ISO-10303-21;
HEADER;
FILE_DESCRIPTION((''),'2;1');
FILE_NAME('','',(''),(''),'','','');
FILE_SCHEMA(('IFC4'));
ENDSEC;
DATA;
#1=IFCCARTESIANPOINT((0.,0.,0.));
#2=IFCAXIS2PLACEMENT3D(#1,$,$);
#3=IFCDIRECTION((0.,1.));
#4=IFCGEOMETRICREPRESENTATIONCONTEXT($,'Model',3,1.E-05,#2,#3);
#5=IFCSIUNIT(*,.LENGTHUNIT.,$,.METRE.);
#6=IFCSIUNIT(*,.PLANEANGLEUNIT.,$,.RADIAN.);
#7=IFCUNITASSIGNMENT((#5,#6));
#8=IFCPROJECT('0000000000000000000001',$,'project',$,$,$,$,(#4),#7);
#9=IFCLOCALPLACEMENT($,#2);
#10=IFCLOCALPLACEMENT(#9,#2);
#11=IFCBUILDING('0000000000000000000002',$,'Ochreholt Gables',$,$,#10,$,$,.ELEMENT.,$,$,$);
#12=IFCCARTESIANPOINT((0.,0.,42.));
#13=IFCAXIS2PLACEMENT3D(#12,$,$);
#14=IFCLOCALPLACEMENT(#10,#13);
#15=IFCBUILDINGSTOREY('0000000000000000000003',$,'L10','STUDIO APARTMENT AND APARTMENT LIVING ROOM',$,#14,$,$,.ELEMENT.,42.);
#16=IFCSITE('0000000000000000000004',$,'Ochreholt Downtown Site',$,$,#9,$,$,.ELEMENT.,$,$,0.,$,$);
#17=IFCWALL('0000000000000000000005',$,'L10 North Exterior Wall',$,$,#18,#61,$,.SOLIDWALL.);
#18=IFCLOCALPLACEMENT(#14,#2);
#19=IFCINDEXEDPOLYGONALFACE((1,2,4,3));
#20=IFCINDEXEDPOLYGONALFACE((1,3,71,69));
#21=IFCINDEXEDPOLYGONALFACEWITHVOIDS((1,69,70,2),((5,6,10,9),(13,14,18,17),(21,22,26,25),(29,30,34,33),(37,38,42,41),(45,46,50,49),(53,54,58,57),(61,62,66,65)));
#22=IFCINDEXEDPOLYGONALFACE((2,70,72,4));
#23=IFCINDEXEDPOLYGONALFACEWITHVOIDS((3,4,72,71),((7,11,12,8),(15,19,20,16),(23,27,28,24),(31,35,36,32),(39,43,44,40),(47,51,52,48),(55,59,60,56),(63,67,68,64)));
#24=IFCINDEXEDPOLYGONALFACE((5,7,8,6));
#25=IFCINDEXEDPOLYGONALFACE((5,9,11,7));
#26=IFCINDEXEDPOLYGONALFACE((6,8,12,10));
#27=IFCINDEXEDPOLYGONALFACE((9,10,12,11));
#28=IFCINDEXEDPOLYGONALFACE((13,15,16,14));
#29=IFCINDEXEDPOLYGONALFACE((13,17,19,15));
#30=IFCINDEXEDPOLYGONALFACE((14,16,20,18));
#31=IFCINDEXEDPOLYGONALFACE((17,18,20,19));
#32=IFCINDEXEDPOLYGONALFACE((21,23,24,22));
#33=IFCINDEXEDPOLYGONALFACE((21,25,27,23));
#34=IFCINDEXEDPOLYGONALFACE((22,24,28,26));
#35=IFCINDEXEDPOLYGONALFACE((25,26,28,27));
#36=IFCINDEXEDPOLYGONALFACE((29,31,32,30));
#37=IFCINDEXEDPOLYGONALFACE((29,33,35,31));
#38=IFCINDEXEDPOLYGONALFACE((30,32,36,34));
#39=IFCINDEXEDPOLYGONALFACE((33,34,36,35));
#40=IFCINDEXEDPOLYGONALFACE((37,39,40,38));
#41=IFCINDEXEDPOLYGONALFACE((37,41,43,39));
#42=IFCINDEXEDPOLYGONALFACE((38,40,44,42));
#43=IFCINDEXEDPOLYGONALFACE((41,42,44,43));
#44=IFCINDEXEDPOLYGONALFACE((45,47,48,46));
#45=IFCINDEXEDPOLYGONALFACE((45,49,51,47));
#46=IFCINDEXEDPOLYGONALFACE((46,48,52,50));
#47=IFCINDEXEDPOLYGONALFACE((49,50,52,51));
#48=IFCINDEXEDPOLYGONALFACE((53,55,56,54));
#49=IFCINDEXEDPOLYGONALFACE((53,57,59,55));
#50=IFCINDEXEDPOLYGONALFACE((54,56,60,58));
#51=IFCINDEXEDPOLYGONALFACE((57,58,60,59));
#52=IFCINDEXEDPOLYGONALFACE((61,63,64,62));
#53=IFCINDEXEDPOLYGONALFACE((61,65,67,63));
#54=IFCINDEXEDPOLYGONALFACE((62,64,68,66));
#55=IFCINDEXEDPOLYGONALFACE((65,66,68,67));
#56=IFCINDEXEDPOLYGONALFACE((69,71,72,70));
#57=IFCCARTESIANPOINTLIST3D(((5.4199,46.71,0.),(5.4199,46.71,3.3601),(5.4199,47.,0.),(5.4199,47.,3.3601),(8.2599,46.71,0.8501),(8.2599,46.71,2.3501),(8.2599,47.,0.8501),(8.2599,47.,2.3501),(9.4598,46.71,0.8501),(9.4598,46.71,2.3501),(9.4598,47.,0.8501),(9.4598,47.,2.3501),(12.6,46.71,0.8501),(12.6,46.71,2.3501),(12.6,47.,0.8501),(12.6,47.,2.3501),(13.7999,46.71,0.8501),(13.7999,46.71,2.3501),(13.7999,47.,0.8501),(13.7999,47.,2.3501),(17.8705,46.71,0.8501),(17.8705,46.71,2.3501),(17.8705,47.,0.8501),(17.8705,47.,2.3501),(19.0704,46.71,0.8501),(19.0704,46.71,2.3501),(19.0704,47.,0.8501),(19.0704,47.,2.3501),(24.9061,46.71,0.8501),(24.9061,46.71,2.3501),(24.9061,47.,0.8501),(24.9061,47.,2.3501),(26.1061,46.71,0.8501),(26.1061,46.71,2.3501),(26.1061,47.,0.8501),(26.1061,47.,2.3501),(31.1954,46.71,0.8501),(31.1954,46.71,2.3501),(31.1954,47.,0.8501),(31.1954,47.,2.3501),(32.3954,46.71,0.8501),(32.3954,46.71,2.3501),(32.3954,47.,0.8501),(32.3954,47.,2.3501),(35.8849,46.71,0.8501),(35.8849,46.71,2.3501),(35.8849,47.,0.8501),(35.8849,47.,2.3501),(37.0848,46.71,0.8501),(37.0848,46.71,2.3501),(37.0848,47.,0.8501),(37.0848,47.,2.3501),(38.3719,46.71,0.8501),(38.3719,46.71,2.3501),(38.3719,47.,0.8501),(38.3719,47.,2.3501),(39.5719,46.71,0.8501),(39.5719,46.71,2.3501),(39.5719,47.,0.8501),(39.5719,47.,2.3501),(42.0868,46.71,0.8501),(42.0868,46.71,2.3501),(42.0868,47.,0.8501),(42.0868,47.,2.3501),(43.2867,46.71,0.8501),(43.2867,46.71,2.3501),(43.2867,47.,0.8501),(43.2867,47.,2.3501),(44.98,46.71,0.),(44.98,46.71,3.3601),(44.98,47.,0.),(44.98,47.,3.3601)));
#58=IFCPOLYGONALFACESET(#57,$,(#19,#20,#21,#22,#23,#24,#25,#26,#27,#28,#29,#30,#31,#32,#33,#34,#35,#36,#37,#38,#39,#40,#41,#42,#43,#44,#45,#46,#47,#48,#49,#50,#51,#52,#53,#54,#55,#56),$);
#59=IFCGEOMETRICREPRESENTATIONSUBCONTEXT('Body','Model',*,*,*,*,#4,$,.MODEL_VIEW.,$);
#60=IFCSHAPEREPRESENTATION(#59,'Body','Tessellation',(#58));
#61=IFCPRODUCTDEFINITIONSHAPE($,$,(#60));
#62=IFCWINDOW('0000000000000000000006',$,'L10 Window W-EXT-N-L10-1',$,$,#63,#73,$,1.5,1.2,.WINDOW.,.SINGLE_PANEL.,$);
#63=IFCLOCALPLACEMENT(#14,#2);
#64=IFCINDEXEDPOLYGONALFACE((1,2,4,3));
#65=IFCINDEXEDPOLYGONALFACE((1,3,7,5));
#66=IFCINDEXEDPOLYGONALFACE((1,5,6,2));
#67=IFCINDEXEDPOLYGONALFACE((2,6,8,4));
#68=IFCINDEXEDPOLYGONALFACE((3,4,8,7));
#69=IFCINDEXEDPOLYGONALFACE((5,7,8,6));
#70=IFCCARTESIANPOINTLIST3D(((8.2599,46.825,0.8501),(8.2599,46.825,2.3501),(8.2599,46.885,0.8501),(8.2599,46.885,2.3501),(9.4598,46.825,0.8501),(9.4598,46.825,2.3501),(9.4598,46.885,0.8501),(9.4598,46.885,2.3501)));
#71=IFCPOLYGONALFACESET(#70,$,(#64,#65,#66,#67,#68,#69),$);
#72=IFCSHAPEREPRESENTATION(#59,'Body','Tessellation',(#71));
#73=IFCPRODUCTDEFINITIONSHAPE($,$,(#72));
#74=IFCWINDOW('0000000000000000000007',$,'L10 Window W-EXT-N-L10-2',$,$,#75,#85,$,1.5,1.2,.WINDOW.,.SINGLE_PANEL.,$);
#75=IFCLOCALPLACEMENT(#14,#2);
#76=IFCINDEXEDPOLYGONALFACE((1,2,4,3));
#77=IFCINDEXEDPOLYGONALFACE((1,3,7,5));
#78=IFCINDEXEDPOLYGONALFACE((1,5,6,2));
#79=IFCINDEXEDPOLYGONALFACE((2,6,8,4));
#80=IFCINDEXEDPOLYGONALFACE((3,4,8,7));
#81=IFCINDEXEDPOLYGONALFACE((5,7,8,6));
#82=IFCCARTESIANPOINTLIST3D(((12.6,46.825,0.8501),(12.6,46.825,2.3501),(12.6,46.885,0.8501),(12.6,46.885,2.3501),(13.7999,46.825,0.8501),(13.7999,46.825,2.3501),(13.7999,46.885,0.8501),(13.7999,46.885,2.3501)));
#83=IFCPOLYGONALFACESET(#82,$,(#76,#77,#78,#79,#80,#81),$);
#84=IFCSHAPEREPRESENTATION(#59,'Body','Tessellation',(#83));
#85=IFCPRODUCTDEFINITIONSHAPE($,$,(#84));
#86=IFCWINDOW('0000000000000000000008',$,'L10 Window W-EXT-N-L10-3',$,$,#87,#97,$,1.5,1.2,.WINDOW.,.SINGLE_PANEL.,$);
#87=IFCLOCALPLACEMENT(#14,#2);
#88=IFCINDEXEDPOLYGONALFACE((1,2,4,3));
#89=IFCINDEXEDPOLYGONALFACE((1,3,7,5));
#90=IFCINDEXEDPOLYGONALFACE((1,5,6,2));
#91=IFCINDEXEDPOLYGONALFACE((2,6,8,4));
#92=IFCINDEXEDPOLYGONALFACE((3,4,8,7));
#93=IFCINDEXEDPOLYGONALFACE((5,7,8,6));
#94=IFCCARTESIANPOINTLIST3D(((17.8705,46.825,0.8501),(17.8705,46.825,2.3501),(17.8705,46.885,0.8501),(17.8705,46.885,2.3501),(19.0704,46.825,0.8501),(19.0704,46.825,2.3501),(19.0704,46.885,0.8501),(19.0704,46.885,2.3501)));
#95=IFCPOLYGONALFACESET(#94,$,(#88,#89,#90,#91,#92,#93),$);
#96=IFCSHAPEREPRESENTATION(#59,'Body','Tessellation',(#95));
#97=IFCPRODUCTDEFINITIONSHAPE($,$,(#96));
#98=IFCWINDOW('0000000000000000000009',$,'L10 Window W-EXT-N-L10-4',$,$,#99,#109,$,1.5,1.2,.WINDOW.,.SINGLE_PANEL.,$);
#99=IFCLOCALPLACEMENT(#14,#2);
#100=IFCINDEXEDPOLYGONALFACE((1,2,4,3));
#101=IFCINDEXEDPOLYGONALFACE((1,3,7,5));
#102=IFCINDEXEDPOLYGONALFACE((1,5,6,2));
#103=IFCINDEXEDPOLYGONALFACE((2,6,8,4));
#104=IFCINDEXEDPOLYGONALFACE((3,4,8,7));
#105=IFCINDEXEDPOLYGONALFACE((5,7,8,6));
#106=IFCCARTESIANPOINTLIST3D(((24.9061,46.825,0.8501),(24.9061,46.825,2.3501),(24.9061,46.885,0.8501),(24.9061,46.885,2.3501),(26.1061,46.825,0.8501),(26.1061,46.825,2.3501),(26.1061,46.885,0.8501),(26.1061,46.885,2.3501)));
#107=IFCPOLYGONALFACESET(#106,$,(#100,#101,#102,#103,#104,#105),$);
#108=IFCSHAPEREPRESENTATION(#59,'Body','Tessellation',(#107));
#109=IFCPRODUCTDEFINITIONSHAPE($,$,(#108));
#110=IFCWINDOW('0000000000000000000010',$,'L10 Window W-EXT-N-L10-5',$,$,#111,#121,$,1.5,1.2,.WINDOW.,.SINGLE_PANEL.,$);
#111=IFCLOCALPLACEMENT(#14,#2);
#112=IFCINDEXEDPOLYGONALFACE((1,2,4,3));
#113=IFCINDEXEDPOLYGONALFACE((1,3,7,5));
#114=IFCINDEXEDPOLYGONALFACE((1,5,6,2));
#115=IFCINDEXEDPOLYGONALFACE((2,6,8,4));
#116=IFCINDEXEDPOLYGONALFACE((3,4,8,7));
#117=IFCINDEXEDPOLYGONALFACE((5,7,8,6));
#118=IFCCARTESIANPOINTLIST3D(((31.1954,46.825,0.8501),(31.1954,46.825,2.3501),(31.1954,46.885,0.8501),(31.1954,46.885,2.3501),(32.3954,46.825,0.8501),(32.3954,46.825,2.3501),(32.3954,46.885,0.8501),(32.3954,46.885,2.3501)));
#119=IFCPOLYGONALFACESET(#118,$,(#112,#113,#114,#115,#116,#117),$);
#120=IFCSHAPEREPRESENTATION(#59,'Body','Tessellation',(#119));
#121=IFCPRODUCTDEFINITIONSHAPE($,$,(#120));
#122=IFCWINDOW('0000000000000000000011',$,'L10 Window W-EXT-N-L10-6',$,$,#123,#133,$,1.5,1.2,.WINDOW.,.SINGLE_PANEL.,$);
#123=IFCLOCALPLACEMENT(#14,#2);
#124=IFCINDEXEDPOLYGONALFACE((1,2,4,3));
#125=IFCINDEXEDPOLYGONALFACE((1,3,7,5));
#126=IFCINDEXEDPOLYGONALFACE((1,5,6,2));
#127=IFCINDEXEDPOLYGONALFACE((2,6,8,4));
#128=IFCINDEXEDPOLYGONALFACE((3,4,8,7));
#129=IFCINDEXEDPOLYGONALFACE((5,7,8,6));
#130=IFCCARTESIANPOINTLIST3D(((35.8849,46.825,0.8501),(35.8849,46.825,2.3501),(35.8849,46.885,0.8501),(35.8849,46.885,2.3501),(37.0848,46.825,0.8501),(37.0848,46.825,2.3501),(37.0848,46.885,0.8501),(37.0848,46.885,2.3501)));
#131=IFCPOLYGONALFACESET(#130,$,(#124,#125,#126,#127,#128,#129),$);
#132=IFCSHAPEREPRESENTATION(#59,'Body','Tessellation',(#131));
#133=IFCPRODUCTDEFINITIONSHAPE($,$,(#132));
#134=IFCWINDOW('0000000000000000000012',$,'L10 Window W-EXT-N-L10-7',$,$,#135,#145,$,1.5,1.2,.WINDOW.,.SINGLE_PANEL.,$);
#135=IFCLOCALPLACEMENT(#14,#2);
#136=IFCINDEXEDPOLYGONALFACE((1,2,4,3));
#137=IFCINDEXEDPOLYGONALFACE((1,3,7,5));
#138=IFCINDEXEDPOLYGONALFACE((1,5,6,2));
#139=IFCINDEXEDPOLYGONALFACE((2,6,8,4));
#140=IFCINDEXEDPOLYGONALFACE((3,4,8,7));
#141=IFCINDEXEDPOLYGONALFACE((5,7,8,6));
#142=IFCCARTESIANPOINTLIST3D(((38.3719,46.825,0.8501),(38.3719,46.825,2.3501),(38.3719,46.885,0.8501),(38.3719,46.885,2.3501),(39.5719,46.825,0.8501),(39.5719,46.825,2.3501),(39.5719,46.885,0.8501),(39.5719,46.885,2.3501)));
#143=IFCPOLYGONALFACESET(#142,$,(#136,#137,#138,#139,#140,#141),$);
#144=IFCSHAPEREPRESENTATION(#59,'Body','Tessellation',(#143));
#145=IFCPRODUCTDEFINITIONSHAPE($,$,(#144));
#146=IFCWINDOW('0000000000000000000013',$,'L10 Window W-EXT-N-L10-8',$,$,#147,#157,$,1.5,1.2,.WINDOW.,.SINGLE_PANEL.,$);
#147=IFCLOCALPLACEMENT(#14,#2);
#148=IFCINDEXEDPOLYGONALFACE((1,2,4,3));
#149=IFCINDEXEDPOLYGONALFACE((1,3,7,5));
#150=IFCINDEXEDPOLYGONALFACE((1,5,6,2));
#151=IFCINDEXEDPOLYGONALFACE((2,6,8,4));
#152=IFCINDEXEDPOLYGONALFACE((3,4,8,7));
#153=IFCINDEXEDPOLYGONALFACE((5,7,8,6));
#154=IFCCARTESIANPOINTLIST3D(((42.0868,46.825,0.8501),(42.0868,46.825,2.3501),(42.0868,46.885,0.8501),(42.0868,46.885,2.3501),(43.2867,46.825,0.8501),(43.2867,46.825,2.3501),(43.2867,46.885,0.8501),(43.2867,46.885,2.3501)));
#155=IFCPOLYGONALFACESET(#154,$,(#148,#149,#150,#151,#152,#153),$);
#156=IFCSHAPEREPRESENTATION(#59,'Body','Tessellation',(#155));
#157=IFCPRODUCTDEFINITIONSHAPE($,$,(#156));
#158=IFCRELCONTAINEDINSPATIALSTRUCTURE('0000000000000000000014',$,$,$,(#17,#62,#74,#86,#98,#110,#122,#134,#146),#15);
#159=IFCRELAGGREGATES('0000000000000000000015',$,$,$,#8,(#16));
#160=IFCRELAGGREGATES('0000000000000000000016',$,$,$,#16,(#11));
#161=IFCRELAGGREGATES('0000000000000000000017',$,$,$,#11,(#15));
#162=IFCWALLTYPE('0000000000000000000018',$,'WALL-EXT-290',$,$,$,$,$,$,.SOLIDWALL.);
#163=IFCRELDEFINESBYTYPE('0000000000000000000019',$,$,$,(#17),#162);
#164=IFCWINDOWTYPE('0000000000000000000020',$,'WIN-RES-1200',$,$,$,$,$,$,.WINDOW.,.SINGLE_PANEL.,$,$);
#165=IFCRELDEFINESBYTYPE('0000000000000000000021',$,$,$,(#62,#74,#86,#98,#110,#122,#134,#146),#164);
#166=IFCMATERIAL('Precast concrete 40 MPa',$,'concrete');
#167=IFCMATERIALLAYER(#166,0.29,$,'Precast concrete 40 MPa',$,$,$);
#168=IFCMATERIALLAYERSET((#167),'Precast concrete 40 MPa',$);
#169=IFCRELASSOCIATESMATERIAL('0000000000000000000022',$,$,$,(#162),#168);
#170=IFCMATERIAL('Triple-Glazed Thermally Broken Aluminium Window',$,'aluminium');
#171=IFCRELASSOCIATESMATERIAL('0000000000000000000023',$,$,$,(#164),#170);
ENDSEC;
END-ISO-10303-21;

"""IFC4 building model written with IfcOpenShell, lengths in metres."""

from ifc_helpers import new_model, si_unit, direction, frame, frame_2d, origin, place, context, subcontext, project, spatial, rectangle, extrude, material, layer, layer_set, type_object, element, fill, save


model = new_model("IFC4")

# Units and contexts
model_context = context("Model", 3, precision=1e-05, world=origin(), true_north=direction((0.0, 1.0)))
body_context = subcontext(model_context, "Body", "Model", "MODEL_VIEW")
ifc_project = project(units=[si_unit("LENGTHUNIT", "METRE"), si_unit("PLANEANGLEUNIT", "RADIAN")], contexts=[model_context])

# Site, building, storey
site_placement = place(None, origin())
site = spatial("IfcSite", under=ifc_project, at=site_placement, Name="Ochreholt Downtown Site", CompositionType="ELEMENT", RefElevation=0.0)
building_placement = place(site_placement, origin())
building = spatial("IfcBuilding", under=site, at=building_placement, Name="Ochreholt Gables", CompositionType="ELEMENT")
storey_placement = place(building_placement, frame((0.0, 0.0, 42.0)))
storey = spatial("IfcBuildingStorey", under=building, at=storey_placement, Name="L10", Description="STUDIO APARTMENT AND APARTMENT LIVING ROOM", CompositionType="ELEMENT", Elevation=42.0)

# Wall, openings, windows
ifc_material_1 = material(Name="Precast concrete 40 MPa", Category="concrete")
ifc_layer_1 = layer(ifc_material_1, 0.29, Name="Precast concrete 40 MPa")
ifc_layer_set_1 = layer_set([ifc_layer_1], Name="Precast concrete 40 MPa")
wall_type_1 = type_object("IfcWallType", Name="WALL-EXT-290", PredefinedType="SOLIDWALL", material=ifc_layer_set_1)
wall_1_placement = place(storey_placement, frame((44.98, 46.855, 0.0), z_axis=(0.0, 0.0, 1.0), x_axis=(-1.0, 0.0, 0.0)))
wall_1 = element("IfcWall", 1, at=wall_1_placement, inside=storey, type_object=wall_type_1, Name="L10 North Exterior Wall", PredefinedType="SOLIDWALL", context=body_context, shape_type="SweptSolid", body=[
    extrude(rectangle(XDim=39.5601, YDim=0.29, at=frame_2d((19.78, 0.0))), origin(), (0.0, 0.0, 1.0), 3.3601),
])
opening_1_placement = place(wall_1_placement, frame((35.52, 0.0, 0.8501)))
opening_1 = element("IfcOpeningElement", 2, at=opening_1_placement, cuts=wall_1, PredefinedType="OPENING", context=body_context, shape_type="SweptSolid", body=[
    extrude(rectangle(XDim=1.2, YDim=1.5, at=frame_2d((0.6001, 0.75))), frame((0.0, 0.155, 0.0), z_axis=(0.0, -1.0, 0.0), x_axis=(1.0, 0.0, 0.0)), (0.0, 0.0, 1.0), 0.3101),
])
opening_2_placement = place(wall_1_placement, frame((31.1799, 0.0, 0.8501)))
opening_2 = element("IfcOpeningElement", 3, at=opening_2_placement, cuts=wall_1, PredefinedType="OPENING", context=body_context, shape_type="SweptSolid", body=[
    extrude(rectangle(XDim=1.2, YDim=1.5, at=frame_2d((0.6001, 0.75))), frame((0.0, 0.155, 0.0), z_axis=(0.0, -1.0, 0.0), x_axis=(1.0, 0.0, 0.0)), (0.0, 0.0, 1.0), 0.3101),
])
opening_3_placement = place(wall_1_placement, frame((25.9094, 0.0, 0.8501)))
opening_3 = element("IfcOpeningElement", 4, at=opening_3_placement, cuts=wall_1, PredefinedType="OPENING", context=body_context, shape_type="SweptSolid", body=[
    extrude(rectangle(XDim=1.2, YDim=1.5, at=frame_2d((0.6001, 0.75))), frame((0.0, 0.155, 0.0), z_axis=(0.0, -1.0, 0.0), x_axis=(1.0, 0.0, 0.0)), (0.0, 0.0, 1.0), 0.3101),
])
opening_4_placement = place(wall_1_placement, frame((18.8738, 0.0, 0.8501)))
opening_4 = element("IfcOpeningElement", 5, at=opening_4_placement, cuts=wall_1, PredefinedType="OPENING", context=body_context, shape_type="SweptSolid", body=[
    extrude(rectangle(XDim=1.2, YDim=1.5, at=frame_2d((0.6001, 0.75))), frame((0.0, 0.155, 0.0), z_axis=(0.0, -1.0, 0.0), x_axis=(1.0, 0.0, 0.0)), (0.0, 0.0, 1.0), 0.3101),
])
opening_5_placement = place(wall_1_placement, frame((12.5845, 0.0, 0.8501)))
opening_5 = element("IfcOpeningElement", 6, at=opening_5_placement, cuts=wall_1, PredefinedType="OPENING", context=body_context, shape_type="SweptSolid", body=[
    extrude(rectangle(XDim=1.2, YDim=1.5, at=frame_2d((0.6001, 0.75))), frame((0.0, 0.155, 0.0), z_axis=(0.0, -1.0, 0.0), x_axis=(1.0, 0.0, 0.0)), (0.0, 0.0, 1.0), 0.3101),
])
opening_6_placement = place(wall_1_placement, frame((7.895, 0.0, 0.8501)))
opening_6 = element("IfcOpeningElement", 7, at=opening_6_placement, cuts=wall_1, PredefinedType="OPENING", context=body_context, shape_type="SweptSolid", body=[
    extrude(rectangle(XDim=1.2, YDim=1.5, at=frame_2d((0.6001, 0.75))), frame((0.0, 0.155, 0.0), z_axis=(0.0, -1.0, 0.0), x_axis=(1.0, 0.0, 0.0)), (0.0, 0.0, 1.0), 0.3101),
])
opening_7_placement = place(wall_1_placement, frame((5.408, 0.0, 0.8501)))
opening_7 = element("IfcOpeningElement", 8, at=opening_7_placement, cuts=wall_1, PredefinedType="OPENING", context=body_context, shape_type="SweptSolid", body=[
    extrude(rectangle(XDim=1.2, YDim=1.5, at=frame_2d((0.6001, 0.75))), frame((0.0, 0.155, 0.0), z_axis=(0.0, -1.0, 0.0), x_axis=(1.0, 0.0, 0.0)), (0.0, 0.0, 1.0), 0.3101),
])
opening_8_placement = place(wall_1_placement, frame((1.6931, 0.0, 0.8501)))
opening_8 = element("IfcOpeningElement", 9, at=opening_8_placement, cuts=wall_1, PredefinedType="OPENING", context=body_context, shape_type="SweptSolid", body=[
    extrude(rectangle(XDim=1.2, YDim=1.5, at=frame_2d((0.6001, 0.75))), frame((0.0, 0.155, 0.0), z_axis=(0.0, -1.0, 0.0), x_axis=(1.0, 0.0, 0.0)), (0.0, 0.0, 1.0), 0.3101),
])
ifc_material_2 = material(Name="Triple-Glazed Thermally Broken Aluminium Window", Category="aluminium")
window_type = type_object("IfcWindowType", Name="WIN-RES-1200", PartitioningType="SINGLE_PANEL", PredefinedType="WINDOW", material=ifc_material_2)
window_1_placement = place(opening_1_placement, origin())
window_1 = element("IfcWindow", 10, at=window_1_placement, inside=storey, type_object=window_type, Name="L10 Window W-EXT-N-L10-1", OverallHeight=1.5, OverallWidth=1.2, PartitioningType="SINGLE_PANEL", PredefinedType="WINDOW", context=body_context, shape_type="SweptSolid", body=[
    extrude(rectangle(XDim=1.2, YDim=1.5, at=frame_2d((0.6001, 0.75))), frame((0.0, 0.03, 0.0), z_axis=(0.0, -1.0, 0.0), x_axis=(1.0, 0.0, 0.0)), (0.0, 0.0, 1.0), 0.0601),
])
fill(opening_1, window_1)
window_2_placement = place(opening_2_placement, origin())
window_2 = element("IfcWindow", 11, at=window_2_placement, inside=storey, type_object=window_type, Name="L10 Window W-EXT-N-L10-2", OverallHeight=1.5, OverallWidth=1.2, PartitioningType="SINGLE_PANEL", PredefinedType="WINDOW", context=body_context, shape_type="SweptSolid", body=[
    extrude(rectangle(XDim=1.2, YDim=1.5, at=frame_2d((0.6001, 0.75))), frame((0.0, 0.03, 0.0), z_axis=(0.0, -1.0, 0.0), x_axis=(1.0, 0.0, 0.0)), (0.0, 0.0, 1.0), 0.0601),
])
fill(opening_2, window_2)
window_3_placement = place(opening_3_placement, origin())
window_3 = element("IfcWindow", 12, at=window_3_placement, inside=storey, type_object=window_type, Name="L10 Window W-EXT-N-L10-3", OverallHeight=1.5, OverallWidth=1.2, PartitioningType="SINGLE_PANEL", PredefinedType="WINDOW", context=body_context, shape_type="SweptSolid", body=[
    extrude(rectangle(XDim=1.2, YDim=1.5, at=frame_2d((0.6001, 0.75))), frame((0.0, 0.03, 0.0), z_axis=(0.0, -1.0, 0.0), x_axis=(1.0, 0.0, 0.0)), (0.0, 0.0, 1.0), 0.0601),
])
fill(opening_3, window_3)
window_4_placement = place(opening_4_placement, origin())
window_4 = element("IfcWindow", 13, at=window_4_placement, inside=storey, type_object=window_type, Name="L10 Window W-EXT-N-L10-4", OverallHeight=1.5, OverallWidth=1.2, PartitioningType="SINGLE_PANEL", PredefinedType="WINDOW", context=body_context, shape_type="SweptSolid", body=[
    extrude(rectangle(XDim=1.2, YDim=1.5, at=frame_2d((0.6001, 0.75))), frame((0.0, 0.03, 0.0), z_axis=(0.0, -1.0, 0.0), x_axis=(1.0, 0.0, 0.0)), (0.0, 0.0, 1.0), 0.0601),
])
fill(opening_4, window_4)
window_5_placement = place(opening_5_placement, origin())
window_5 = element("IfcWindow", 14, at=window_5_placement, inside=storey, type_object=window_type, Name="L10 Window W-EXT-N-L10-5", OverallHeight=1.5, OverallWidth=1.2, PartitioningType="SINGLE_PANEL", PredefinedType="WINDOW", context=body_context, shape_type="SweptSolid", body=[
    extrude(rectangle(XDim=1.2, YDim=1.5, at=frame_2d((0.6001, 0.75))), frame((0.0, 0.03, 0.0), z_axis=(0.0, -1.0, 0.0), x_axis=(1.0, 0.0, 0.0)), (0.0, 0.0, 1.0), 0.0601),
])
fill(opening_5, window_5)
window_6_placement = place(opening_6_placement, origin())
window_6 = element("IfcWindow", 15, at=window_6_placement, inside=storey, type_object=window_type, Name="L10 Window W-EXT-N-L10-6", OverallHeight=1.5, OverallWidth=1.2, PartitioningType="SINGLE_PANEL", PredefinedType="WINDOW", context=body_context, shape_type="SweptSolid", body=[
    extrude(rectangle(XDim=1.2, YDim=1.5, at=frame_2d((0.6001, 0.75))), frame((0.0, 0.03, 0.0), z_axis=(0.0, -1.0, 0.0), x_axis=(1.0, 0.0, 0.0)), (0.0, 0.0, 1.0), 0.0601),
])
fill(opening_6, window_6)
window_7_placement = place(opening_7_placement, origin())
window_7 = element("IfcWindow", 16, at=window_7_placement, inside=storey, type_object=window_type, Name="L10 Window W-EXT-N-L10-7", OverallHeight=1.5, OverallWidth=1.2, PartitioningType="SINGLE_PANEL", PredefinedType="WINDOW", context=body_context, shape_type="SweptSolid", body=[
    extrude(rectangle(XDim=1.2, YDim=1.5, at=frame_2d((0.6001, 0.75))), frame((0.0, 0.03, 0.0), z_axis=(0.0, -1.0, 0.0), x_axis=(1.0, 0.0, 0.0)), (0.0, 0.0, 1.0), 0.0601),
])
fill(opening_7, window_7)
window_8_placement = place(opening_8_placement, origin())
window_8 = element("IfcWindow", 17, at=window_8_placement, inside=storey, type_object=window_type, Name="L10 Window W-EXT-N-L10-8", OverallHeight=1.5, OverallWidth=1.2, PartitioningType="SINGLE_PANEL", PredefinedType="WINDOW", context=body_context, shape_type="SweptSolid", body=[
    extrude(rectangle(XDim=1.2, YDim=1.5, at=frame_2d((0.6001, 0.75))), frame((0.0, 0.03, 0.0), z_axis=(0.0, -1.0, 0.0), x_axis=(1.0, 0.0, 0.0)), (0.0, 0.0, 1.0), 0.0601),
])
fill(opening_8, window_8)

save(model, "model.ifc")
